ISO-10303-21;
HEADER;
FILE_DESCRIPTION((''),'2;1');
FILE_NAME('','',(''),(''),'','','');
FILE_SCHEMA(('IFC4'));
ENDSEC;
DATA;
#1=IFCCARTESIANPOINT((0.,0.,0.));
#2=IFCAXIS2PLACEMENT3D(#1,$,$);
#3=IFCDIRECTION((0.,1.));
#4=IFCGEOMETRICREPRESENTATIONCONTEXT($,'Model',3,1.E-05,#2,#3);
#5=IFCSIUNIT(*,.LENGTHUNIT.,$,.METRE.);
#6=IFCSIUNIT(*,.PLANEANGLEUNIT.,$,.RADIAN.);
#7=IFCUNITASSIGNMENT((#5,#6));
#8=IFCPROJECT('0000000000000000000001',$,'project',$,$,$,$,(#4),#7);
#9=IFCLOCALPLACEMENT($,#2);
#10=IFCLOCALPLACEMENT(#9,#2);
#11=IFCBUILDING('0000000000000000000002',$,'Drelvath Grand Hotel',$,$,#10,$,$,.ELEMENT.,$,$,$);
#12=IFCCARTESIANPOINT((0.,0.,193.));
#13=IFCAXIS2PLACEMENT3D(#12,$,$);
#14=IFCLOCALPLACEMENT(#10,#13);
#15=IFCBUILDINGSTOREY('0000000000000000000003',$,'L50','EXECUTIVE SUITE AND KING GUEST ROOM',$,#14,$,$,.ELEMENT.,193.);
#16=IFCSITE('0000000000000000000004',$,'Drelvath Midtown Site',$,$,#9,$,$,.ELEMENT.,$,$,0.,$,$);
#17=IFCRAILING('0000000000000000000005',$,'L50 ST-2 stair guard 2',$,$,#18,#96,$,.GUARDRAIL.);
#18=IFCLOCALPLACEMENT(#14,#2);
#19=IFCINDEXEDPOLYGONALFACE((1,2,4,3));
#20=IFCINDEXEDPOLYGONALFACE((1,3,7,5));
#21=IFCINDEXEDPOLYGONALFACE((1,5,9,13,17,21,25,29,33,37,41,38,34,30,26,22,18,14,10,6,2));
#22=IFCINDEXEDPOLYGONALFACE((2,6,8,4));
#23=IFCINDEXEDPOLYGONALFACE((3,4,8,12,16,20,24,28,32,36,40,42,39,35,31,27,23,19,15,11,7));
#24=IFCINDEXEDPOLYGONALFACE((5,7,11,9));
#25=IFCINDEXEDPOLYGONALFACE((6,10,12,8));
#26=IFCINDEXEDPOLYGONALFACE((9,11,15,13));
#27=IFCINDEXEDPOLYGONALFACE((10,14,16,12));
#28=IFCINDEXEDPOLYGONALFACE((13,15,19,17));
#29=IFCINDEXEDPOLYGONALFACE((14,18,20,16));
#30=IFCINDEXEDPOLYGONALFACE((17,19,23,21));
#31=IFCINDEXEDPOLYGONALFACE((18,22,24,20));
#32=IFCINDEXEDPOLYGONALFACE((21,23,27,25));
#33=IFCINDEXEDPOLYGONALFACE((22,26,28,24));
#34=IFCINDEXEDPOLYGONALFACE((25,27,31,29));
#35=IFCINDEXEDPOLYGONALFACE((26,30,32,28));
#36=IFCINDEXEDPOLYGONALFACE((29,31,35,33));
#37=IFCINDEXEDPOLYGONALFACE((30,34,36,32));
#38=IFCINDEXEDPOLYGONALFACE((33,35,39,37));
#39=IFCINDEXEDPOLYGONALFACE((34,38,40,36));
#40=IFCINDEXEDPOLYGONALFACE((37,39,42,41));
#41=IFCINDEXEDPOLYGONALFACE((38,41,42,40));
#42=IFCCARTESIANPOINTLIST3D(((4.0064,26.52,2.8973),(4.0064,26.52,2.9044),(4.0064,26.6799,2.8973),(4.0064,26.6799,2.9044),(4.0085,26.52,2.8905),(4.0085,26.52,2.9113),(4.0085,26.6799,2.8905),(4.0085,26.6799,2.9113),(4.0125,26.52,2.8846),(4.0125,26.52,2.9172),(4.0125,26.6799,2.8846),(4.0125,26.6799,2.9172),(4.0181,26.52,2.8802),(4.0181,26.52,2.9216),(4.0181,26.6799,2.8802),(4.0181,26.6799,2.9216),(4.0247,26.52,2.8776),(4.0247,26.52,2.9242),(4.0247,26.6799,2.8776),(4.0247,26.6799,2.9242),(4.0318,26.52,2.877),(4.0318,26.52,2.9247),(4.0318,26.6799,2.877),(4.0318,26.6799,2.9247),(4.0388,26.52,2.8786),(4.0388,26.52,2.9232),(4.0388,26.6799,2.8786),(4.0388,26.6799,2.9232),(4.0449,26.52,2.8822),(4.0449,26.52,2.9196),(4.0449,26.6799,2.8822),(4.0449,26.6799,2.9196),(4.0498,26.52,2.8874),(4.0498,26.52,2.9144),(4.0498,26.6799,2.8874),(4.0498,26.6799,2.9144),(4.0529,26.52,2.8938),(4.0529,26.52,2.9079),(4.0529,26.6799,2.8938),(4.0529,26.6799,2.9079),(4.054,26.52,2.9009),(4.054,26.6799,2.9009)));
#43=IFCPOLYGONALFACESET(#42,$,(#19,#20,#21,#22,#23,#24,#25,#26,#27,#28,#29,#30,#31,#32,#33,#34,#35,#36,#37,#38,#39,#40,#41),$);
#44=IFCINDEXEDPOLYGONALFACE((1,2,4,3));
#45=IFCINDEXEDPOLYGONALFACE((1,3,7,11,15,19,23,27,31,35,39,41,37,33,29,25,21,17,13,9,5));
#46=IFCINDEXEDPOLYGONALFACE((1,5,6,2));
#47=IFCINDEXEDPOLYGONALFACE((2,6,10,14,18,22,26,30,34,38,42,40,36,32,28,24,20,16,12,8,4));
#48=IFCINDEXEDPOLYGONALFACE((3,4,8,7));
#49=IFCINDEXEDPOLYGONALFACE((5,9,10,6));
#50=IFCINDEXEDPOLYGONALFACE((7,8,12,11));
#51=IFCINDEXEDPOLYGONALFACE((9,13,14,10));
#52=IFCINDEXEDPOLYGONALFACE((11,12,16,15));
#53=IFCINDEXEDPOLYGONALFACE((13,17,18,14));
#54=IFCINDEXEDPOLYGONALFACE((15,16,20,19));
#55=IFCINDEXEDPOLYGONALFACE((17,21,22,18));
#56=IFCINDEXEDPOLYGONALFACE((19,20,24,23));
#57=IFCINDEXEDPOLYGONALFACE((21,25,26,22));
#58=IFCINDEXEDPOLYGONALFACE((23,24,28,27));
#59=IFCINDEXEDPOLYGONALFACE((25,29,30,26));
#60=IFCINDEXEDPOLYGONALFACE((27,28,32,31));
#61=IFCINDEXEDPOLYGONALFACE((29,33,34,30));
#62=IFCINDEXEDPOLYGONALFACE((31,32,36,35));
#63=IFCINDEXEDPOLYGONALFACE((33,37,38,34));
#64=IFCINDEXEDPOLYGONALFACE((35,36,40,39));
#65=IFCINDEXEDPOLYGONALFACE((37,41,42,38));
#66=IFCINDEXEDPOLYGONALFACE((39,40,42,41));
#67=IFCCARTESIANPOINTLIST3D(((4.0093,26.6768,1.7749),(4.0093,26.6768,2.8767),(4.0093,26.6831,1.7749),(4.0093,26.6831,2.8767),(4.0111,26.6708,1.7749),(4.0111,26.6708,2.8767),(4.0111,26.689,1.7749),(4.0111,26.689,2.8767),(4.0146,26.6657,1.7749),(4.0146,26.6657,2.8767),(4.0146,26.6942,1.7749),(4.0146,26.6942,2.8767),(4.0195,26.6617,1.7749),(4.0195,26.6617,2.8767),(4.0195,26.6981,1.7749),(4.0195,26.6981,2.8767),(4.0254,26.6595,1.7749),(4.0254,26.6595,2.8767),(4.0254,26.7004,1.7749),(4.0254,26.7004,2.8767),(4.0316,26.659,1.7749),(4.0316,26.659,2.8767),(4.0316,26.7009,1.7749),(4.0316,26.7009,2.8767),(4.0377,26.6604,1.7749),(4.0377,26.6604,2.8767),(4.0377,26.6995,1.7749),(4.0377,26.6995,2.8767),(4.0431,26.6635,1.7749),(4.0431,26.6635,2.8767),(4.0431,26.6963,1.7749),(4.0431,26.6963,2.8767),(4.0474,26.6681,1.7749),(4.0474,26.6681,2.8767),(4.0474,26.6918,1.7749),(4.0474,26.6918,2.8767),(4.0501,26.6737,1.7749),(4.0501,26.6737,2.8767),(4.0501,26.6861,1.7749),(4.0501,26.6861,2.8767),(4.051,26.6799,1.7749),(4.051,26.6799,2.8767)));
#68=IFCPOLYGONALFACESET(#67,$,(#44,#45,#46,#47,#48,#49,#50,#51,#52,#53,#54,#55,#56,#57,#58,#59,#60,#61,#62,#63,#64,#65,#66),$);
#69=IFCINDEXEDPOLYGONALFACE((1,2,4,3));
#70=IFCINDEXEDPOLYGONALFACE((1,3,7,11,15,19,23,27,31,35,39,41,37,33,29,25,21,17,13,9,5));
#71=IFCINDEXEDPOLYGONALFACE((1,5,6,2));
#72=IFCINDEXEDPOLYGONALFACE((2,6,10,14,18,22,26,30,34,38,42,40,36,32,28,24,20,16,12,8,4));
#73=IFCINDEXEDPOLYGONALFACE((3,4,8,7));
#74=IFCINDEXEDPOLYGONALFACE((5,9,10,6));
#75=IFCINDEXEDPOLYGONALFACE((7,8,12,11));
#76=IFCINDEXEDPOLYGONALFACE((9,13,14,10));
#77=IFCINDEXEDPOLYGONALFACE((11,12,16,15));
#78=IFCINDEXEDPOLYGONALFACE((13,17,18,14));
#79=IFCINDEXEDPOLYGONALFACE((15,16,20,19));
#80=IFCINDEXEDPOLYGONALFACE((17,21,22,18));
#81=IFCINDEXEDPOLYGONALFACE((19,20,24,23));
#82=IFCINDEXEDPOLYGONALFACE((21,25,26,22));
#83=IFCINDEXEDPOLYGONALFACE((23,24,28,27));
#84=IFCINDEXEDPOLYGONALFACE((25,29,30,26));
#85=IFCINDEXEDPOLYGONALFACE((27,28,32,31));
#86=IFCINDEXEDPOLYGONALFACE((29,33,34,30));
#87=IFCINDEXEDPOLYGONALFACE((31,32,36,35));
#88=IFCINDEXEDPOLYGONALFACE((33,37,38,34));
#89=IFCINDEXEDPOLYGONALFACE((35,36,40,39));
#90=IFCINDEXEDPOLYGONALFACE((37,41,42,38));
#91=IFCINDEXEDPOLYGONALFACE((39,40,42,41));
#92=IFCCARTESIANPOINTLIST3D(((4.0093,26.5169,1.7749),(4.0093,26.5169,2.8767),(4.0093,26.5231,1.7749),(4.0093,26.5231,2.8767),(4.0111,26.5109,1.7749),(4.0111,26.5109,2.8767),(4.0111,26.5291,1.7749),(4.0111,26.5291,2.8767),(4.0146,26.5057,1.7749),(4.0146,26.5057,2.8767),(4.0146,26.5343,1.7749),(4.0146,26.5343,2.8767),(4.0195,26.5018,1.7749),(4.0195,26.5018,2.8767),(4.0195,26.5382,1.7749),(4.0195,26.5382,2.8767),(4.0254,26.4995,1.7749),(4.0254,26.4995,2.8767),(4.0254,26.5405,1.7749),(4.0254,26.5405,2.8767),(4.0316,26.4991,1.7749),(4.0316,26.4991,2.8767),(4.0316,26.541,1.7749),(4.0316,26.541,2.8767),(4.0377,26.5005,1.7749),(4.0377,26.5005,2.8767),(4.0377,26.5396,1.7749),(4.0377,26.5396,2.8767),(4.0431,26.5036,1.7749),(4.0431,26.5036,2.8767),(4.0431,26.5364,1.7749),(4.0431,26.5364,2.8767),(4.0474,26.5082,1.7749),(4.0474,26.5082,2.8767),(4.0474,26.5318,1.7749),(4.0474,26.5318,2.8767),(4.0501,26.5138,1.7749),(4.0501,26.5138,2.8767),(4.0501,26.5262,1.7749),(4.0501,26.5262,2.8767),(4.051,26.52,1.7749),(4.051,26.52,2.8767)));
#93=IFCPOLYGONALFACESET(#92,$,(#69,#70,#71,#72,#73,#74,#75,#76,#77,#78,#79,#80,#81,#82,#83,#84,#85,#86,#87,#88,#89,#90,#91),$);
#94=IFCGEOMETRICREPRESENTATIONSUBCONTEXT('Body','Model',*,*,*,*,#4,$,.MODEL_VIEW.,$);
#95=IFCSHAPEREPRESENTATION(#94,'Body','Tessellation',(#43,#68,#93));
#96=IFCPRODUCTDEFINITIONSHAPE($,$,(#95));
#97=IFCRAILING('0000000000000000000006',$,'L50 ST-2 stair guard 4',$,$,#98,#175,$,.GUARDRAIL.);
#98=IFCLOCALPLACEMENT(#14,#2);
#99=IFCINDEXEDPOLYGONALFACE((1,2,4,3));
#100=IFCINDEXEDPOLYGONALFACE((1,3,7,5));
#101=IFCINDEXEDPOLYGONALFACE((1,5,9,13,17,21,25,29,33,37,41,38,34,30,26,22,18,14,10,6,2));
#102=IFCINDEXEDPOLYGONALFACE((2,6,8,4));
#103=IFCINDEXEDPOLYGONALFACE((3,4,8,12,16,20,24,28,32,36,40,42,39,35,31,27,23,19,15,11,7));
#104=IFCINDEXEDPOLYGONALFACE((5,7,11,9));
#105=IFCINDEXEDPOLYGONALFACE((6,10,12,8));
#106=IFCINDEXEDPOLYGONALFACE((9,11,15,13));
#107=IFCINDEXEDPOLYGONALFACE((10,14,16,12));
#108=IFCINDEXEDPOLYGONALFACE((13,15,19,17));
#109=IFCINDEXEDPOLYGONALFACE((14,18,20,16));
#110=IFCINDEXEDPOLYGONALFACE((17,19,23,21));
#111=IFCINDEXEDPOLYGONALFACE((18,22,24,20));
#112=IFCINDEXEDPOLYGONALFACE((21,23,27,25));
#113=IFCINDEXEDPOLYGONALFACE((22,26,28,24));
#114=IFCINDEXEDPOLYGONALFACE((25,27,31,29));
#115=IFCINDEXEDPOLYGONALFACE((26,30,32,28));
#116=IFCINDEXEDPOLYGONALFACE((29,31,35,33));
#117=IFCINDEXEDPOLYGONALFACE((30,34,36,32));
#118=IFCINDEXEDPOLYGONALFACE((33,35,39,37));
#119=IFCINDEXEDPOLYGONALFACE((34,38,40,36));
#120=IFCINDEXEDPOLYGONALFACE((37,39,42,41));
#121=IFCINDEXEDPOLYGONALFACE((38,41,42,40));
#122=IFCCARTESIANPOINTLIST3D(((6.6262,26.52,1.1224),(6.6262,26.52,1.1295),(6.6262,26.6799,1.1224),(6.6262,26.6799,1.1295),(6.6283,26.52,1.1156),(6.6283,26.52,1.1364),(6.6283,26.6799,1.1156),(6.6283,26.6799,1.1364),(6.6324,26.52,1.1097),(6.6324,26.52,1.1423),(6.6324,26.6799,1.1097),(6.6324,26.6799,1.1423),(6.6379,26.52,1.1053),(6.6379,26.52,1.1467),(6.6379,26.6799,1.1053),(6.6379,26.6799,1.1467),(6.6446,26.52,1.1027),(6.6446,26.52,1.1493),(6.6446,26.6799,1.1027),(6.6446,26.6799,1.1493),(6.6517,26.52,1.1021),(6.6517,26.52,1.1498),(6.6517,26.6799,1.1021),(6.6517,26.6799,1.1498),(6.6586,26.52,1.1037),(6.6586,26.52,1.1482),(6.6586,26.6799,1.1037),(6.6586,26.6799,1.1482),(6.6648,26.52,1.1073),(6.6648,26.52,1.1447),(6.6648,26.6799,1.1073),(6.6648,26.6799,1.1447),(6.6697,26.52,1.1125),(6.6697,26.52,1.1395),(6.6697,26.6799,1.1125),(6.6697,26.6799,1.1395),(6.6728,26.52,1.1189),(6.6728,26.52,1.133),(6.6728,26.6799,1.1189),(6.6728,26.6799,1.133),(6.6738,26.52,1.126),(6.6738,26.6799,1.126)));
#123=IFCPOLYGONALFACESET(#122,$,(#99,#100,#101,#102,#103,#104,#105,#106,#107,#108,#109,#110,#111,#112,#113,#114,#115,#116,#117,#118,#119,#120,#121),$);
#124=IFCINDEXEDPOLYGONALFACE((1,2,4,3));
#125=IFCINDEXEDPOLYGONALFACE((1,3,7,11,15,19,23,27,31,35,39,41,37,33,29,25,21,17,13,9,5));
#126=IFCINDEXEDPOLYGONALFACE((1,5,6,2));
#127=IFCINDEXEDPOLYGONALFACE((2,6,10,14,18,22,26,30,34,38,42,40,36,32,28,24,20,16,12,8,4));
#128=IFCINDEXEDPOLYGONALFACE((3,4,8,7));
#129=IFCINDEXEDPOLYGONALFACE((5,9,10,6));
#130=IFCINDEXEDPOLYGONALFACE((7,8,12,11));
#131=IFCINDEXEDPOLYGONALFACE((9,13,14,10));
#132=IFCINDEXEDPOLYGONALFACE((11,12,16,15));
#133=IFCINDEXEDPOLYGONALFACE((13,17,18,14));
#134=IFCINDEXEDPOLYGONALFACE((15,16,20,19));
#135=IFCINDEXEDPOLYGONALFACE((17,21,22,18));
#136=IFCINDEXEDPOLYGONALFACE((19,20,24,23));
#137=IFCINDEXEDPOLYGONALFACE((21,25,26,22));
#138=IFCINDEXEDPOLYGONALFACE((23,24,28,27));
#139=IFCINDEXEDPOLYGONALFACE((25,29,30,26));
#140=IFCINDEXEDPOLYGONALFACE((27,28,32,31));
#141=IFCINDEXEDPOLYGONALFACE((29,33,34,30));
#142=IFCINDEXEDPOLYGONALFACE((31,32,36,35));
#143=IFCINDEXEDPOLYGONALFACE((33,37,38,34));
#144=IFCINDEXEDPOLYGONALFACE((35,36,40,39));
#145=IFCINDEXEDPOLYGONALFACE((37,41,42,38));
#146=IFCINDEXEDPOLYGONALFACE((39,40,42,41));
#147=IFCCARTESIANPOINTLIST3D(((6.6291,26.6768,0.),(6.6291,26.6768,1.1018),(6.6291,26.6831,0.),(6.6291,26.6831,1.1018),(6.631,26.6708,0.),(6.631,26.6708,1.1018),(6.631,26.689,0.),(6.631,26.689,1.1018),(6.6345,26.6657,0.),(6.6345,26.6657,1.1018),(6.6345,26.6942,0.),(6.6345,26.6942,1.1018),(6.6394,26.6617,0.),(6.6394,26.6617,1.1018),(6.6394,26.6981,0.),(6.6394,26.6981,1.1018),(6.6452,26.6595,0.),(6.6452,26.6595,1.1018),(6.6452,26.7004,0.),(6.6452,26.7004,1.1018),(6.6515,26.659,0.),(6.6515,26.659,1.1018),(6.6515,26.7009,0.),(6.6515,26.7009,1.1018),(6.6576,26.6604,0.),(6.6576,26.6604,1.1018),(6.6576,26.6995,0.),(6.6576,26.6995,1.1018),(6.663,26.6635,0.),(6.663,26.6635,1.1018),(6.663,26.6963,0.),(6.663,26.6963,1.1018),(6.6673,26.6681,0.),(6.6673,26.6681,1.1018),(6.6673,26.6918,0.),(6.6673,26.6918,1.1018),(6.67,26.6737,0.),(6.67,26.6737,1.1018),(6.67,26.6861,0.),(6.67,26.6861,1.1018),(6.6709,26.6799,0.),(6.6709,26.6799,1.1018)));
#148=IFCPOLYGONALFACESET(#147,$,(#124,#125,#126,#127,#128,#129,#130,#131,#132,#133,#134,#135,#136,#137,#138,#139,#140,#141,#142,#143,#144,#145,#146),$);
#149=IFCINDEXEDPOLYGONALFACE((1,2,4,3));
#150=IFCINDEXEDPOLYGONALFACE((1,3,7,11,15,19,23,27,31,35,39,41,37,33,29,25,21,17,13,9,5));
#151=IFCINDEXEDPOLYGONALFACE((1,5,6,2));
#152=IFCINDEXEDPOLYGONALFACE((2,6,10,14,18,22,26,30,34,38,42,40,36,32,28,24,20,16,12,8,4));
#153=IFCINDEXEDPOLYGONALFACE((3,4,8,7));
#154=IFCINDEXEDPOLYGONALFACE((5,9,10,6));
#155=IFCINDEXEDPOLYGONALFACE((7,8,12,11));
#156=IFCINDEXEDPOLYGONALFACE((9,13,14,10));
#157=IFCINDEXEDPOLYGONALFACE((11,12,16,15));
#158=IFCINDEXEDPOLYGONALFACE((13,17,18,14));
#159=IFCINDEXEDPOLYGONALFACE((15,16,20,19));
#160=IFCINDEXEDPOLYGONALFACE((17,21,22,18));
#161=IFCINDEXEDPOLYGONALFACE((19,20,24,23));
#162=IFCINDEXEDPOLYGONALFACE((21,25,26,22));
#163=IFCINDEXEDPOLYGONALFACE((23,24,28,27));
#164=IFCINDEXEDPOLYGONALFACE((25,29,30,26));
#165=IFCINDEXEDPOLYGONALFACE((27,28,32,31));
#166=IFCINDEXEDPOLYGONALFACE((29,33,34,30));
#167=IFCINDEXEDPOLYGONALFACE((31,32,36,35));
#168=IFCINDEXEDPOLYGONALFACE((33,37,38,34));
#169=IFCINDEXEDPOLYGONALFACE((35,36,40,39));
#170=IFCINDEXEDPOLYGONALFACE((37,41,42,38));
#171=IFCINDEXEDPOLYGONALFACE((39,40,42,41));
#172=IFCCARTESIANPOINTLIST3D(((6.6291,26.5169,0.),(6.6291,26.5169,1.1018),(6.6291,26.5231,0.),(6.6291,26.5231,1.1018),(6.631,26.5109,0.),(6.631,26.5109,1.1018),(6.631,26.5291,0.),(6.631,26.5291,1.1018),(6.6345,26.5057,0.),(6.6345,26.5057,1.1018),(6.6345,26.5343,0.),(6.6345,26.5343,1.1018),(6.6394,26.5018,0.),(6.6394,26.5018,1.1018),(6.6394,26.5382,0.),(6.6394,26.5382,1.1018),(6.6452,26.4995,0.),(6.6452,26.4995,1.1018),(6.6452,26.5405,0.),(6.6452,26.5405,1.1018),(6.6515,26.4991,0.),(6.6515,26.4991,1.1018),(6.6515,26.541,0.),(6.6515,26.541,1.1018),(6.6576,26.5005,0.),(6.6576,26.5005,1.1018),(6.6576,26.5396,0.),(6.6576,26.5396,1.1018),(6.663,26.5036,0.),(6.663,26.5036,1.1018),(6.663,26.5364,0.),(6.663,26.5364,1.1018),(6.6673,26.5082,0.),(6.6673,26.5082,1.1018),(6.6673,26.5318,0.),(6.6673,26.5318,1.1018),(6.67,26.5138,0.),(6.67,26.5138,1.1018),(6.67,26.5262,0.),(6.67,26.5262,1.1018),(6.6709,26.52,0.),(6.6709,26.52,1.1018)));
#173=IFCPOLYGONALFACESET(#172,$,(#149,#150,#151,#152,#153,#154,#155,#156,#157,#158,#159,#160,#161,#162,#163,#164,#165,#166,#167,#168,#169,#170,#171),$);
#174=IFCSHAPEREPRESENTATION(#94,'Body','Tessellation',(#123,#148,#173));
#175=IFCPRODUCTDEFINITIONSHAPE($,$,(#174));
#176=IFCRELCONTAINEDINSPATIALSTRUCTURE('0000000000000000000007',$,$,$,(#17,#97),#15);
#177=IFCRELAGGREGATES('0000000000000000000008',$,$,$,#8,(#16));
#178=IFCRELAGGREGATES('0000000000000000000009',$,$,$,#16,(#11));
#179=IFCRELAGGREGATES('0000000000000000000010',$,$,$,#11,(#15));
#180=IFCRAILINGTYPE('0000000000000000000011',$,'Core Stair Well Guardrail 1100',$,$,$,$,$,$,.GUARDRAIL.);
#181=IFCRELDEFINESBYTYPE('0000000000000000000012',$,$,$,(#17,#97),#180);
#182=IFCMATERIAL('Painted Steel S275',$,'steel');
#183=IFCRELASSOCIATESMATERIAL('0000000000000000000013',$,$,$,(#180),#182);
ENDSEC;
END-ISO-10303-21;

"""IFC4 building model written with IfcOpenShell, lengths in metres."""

from ifc_helpers import new_model, si_unit, direction, frame, origin, origin_2d, place, context, subcontext, project, spatial, circle, extrude, material, type_object, element, save


model = new_model("IFC4")

# Units and contexts
model_context = context("Model", 3, precision=1e-05, world=origin(), true_north=direction((0.0, 1.0)))
body_context = subcontext(model_context, "Body", "Model", "MODEL_VIEW")
ifc_project = project(units=[si_unit("LENGTHUNIT", "METRE"), si_unit("PLANEANGLEUNIT", "RADIAN")], contexts=[model_context])

# Site, building, storey
site_placement = place(None, origin())
site = spatial("IfcSite", under=ifc_project, at=site_placement, Name="Drelvath Midtown Site", CompositionType="ELEMENT", RefElevation=0.0)
building_placement = place(site_placement, origin())
building = spatial("IfcBuilding", under=site, at=building_placement, Name="Drelvath Grand Hotel", CompositionType="ELEMENT")
storey_placement = place(building_placement, frame((0.0, 0.0, 193.0)))
storey = spatial("IfcBuildingStorey", under=building, at=storey_placement, Name="L50", Description="EXECUTIVE SUITE AND KING GUEST ROOM", CompositionType="ELEMENT", Elevation=193.0)

# Shared definitions
ifc_material_1 = material(Name="Painted Steel S275", Category="steel")

# Railings
railing_type_1 = type_object("IfcRailingType", Name="Core Stair Well Guardrail 1100", PredefinedType="GUARDRAIL", material=ifc_material_1)
for number, where, name in (
    (1, (4.03, 26.6799, 1.7749), "L50 ST-2 stair guard 2"),
    (2, (6.6499, 26.6799, 0.0), "L50 ST-2 stair guard 4"),
):
    element("IfcRailing", number, at=place(storey_placement, frame(where)), inside=storey, type_object=railing_type_1, Name=name, PredefinedType="GUARDRAIL", context=body_context, shape_type="SweptSolid", body=[
        extrude(circle(Radius=0.0239, at=origin_2d()), frame((0.0, 0.0, 1.126), z_axis=(0.0, -1.0, 0.0), x_axis=(1.0, 0.0, 0.0)), (0.0, 0.0, 1.0), 0.1599),
        extrude(circle(Radius=0.021, at=origin_2d()), origin(), (0.0, 0.0, 1.0), 1.1018),
        extrude(circle(Radius=0.021, at=origin_2d()), frame((0.0, -0.1599, 0.0)), (0.0, 0.0, 1.0), 1.1018),
    ])

save(model, "model.ifc")
